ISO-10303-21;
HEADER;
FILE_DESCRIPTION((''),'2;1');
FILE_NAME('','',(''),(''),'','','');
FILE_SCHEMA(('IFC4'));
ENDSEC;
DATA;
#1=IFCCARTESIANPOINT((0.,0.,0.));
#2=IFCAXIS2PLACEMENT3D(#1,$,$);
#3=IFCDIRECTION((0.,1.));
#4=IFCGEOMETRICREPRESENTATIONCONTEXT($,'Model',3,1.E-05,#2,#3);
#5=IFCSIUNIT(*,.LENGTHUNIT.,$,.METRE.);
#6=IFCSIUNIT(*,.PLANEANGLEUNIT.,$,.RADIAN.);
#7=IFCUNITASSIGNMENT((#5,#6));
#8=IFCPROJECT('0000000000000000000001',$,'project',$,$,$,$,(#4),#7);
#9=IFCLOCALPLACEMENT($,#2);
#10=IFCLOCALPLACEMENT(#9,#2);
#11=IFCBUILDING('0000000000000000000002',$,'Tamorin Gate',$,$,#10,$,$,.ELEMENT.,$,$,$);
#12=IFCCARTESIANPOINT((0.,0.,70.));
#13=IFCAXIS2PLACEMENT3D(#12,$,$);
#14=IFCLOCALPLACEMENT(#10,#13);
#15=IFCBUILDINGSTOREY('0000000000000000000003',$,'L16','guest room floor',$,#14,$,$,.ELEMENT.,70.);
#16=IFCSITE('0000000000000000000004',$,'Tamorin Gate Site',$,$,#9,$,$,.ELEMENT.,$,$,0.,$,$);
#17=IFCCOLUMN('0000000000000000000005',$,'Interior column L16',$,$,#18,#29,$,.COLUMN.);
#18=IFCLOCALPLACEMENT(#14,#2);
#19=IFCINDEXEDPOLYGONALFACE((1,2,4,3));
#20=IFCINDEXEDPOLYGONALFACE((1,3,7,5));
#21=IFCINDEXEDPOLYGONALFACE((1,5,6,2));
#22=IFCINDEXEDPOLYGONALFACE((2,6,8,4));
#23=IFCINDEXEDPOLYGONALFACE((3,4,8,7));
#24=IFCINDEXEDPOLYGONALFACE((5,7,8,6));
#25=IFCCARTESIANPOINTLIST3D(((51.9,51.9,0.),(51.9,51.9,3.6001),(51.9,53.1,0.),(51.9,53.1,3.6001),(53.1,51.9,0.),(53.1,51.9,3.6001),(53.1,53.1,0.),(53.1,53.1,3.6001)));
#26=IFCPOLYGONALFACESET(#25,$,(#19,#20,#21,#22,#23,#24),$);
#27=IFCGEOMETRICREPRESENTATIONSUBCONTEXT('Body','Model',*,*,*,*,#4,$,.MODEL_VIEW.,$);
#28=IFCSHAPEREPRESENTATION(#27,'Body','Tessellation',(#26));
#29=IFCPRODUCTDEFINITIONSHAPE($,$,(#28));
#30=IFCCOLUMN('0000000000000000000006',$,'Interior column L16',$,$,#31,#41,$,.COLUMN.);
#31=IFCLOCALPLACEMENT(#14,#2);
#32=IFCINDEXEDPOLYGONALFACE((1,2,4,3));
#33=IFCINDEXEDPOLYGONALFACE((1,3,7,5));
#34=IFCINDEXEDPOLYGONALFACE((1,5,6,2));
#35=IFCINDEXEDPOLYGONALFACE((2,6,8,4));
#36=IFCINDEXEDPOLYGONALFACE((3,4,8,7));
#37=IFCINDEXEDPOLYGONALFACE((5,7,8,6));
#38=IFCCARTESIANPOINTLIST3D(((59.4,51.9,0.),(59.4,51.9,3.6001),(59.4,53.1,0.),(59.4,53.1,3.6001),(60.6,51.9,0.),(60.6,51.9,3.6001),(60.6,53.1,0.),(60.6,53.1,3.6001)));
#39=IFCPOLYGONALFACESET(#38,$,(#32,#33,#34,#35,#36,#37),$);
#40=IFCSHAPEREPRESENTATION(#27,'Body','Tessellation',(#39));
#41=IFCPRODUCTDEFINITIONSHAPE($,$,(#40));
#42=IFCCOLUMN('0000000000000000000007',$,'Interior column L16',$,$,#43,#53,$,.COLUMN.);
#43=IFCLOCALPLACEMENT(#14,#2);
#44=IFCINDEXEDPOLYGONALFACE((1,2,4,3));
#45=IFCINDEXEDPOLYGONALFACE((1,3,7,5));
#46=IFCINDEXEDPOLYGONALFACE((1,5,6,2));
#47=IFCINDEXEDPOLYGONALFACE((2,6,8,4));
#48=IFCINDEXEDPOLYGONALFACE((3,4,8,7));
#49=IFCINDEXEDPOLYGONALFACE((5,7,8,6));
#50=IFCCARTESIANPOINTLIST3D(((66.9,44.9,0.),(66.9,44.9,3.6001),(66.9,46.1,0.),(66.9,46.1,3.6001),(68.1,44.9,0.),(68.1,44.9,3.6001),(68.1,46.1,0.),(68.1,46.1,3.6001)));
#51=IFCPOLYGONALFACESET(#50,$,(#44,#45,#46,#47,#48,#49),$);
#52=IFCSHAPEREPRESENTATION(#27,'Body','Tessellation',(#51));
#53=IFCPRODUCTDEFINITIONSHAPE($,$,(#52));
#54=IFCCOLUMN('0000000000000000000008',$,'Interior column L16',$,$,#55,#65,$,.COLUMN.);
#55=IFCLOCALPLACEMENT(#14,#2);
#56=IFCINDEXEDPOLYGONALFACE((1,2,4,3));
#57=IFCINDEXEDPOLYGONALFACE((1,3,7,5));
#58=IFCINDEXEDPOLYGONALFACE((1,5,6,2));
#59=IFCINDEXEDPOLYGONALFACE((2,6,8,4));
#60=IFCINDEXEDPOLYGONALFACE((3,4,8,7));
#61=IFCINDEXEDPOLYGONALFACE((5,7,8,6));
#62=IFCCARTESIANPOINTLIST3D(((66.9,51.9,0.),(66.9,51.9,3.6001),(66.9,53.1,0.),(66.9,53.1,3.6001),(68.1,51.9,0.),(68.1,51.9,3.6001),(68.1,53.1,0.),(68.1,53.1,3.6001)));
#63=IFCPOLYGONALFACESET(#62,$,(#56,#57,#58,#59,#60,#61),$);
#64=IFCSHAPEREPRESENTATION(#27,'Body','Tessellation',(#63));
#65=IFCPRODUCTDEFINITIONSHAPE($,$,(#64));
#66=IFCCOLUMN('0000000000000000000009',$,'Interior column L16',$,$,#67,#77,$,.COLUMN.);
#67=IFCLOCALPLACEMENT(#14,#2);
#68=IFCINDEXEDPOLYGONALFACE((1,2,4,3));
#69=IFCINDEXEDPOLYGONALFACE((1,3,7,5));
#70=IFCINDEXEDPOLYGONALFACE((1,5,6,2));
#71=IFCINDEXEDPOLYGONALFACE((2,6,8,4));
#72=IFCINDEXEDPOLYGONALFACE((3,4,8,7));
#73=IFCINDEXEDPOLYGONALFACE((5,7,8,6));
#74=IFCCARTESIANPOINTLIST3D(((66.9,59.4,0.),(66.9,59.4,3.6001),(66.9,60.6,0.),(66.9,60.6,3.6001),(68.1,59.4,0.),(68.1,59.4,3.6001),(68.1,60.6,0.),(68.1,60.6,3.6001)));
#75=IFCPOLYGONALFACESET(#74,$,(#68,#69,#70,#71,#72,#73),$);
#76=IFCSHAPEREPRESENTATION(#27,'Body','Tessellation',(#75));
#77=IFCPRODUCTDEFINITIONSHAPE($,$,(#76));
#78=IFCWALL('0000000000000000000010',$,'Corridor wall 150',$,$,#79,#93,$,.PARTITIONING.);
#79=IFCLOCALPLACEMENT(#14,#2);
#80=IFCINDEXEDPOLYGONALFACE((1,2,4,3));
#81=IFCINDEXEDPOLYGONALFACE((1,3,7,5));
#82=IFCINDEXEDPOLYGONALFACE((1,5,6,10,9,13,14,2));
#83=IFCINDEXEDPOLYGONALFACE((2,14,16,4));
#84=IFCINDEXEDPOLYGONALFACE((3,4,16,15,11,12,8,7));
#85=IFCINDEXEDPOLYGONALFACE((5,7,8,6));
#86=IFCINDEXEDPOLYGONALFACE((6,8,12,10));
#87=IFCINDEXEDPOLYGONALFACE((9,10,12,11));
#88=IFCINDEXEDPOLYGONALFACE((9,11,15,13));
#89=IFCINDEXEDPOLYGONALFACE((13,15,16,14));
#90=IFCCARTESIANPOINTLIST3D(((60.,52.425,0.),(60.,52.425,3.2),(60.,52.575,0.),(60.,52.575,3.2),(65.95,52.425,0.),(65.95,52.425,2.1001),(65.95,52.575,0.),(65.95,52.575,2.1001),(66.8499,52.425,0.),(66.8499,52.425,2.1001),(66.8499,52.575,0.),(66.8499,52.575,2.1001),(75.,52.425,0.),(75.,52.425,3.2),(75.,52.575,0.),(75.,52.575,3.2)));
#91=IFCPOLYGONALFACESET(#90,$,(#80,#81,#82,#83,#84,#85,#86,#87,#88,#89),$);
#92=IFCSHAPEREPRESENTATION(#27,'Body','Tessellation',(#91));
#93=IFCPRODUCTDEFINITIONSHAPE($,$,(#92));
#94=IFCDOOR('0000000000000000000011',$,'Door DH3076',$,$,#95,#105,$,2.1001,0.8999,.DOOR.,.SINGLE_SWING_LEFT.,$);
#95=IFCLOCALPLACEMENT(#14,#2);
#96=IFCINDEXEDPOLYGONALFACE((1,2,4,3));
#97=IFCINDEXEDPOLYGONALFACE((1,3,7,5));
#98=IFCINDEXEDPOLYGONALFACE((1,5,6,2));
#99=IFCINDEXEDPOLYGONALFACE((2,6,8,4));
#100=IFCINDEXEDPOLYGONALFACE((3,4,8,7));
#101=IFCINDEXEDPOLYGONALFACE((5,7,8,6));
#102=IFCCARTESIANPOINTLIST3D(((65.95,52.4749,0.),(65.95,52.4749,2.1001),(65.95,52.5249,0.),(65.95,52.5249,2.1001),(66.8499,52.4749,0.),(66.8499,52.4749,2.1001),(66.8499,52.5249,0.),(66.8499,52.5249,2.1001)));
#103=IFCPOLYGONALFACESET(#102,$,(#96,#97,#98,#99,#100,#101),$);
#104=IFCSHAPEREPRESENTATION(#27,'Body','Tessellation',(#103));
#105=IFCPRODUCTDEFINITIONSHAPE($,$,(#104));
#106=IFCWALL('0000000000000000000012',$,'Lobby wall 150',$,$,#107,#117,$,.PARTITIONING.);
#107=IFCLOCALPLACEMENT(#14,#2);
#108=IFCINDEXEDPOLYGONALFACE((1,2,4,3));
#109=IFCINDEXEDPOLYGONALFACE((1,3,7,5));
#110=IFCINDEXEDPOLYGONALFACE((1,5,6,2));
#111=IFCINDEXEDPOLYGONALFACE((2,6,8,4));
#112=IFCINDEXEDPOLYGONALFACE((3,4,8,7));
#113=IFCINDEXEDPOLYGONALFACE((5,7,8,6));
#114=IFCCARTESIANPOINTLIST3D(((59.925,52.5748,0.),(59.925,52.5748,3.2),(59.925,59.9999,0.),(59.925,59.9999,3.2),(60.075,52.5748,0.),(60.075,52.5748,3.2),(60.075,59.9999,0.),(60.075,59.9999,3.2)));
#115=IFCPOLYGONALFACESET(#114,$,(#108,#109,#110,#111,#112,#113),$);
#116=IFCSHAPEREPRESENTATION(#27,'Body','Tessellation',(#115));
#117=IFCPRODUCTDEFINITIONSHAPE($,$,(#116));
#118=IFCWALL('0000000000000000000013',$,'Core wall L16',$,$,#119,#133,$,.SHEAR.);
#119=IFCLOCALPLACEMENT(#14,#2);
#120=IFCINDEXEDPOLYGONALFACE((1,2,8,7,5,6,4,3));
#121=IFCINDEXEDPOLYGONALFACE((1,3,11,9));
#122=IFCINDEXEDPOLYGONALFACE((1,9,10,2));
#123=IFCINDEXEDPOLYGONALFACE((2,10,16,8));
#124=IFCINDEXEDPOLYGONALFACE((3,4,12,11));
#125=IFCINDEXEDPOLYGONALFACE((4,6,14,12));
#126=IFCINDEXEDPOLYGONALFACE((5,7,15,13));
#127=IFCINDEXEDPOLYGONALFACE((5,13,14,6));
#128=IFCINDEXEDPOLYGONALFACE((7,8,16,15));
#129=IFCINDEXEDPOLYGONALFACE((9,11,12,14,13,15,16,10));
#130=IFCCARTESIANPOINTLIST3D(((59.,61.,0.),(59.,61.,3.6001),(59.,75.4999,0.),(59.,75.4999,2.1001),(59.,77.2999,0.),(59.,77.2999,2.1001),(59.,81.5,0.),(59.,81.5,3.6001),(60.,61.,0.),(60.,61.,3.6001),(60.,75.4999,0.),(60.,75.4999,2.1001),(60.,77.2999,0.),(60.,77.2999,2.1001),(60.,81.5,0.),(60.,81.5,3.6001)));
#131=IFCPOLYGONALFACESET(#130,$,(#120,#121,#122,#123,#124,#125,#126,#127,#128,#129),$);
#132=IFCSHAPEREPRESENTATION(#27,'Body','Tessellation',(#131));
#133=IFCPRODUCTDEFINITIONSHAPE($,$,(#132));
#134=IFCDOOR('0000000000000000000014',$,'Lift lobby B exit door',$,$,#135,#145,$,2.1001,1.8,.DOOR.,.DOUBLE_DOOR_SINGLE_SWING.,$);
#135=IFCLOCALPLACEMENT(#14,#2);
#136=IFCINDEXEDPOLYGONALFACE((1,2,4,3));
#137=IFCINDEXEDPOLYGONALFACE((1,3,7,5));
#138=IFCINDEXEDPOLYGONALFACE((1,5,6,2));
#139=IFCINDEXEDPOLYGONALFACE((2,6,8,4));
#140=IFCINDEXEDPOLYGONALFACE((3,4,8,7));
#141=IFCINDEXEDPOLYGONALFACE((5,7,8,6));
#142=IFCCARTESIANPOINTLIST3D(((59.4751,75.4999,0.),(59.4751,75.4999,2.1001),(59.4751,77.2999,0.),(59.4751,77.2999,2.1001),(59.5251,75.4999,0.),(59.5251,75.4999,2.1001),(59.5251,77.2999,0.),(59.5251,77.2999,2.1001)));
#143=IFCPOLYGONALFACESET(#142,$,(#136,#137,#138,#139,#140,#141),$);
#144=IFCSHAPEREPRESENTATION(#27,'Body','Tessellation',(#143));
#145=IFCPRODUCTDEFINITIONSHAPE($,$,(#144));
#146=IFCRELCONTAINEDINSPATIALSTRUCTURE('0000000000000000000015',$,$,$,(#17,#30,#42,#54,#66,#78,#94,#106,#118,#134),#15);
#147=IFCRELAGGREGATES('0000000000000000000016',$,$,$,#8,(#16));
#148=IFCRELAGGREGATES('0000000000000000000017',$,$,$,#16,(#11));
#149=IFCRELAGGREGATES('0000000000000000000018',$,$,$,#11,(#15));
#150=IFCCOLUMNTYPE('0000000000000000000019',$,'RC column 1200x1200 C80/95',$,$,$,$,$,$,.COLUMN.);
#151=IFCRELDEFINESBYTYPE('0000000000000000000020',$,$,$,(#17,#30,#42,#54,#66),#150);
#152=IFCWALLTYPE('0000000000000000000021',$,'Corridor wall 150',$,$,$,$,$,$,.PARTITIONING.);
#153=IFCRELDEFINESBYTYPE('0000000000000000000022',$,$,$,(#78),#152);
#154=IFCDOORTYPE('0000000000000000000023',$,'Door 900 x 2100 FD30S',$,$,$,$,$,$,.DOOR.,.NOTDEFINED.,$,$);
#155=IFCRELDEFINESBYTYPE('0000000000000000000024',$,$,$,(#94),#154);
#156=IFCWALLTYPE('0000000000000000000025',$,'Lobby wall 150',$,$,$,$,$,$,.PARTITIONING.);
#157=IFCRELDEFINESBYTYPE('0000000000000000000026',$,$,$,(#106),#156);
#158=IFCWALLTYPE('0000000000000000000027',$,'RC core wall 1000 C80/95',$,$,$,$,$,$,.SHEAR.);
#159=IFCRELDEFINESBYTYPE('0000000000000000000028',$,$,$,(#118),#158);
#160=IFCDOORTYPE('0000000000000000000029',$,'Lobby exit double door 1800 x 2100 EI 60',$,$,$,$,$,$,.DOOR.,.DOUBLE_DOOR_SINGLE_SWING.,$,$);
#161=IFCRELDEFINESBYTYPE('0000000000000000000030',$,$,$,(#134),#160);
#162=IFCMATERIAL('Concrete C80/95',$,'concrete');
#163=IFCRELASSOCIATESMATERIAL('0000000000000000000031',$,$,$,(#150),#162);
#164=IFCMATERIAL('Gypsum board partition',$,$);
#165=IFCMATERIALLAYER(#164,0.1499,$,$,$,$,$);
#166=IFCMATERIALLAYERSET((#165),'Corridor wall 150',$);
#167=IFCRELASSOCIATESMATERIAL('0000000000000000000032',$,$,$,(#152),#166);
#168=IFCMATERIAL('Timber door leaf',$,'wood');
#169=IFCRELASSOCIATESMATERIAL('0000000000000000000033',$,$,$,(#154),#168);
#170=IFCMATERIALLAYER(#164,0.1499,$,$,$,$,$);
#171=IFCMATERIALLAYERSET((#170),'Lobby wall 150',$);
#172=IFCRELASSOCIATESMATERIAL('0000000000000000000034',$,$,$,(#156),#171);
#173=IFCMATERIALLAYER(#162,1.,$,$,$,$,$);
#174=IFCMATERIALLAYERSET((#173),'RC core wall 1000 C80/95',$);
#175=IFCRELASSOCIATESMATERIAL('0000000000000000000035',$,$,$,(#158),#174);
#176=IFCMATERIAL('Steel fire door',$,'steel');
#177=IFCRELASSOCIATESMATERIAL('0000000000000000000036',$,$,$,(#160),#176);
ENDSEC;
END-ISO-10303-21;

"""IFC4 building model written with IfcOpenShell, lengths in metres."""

from ifc_helpers import new_model, si_unit, direction, frame, frame_2d, origin, origin_2d, place, context, subcontext, project, spatial, rectangle, extrude, material, layer, layer_set, material_profile, profile_set, type_object, element, fill, save


model = new_model("IFC4")

# Units and contexts
model_context = context("Model", 3, precision=1e-05, world=origin(), true_north=direction((0.0, 1.0)))
body_context = subcontext(model_context, "Body", "Model", "MODEL_VIEW")
ifc_project = project(units=[si_unit("LENGTHUNIT", "METRE"), si_unit("PLANEANGLEUNIT", "RADIAN")], contexts=[model_context])

# Site, building, storey
site_placement = place(None, origin())
site = spatial("IfcSite", under=ifc_project, at=site_placement, Name="Tamorin Gate Site", CompositionType="ELEMENT", RefElevation=0.0)
building_placement = place(site_placement, origin())
building = spatial("IfcBuilding", under=site, at=building_placement, Name="Tamorin Gate", CompositionType="ELEMENT")
storey_placement = place(building_placement, frame((0.0, 0.0, 70.0)))
storey = spatial("IfcBuildingStorey", under=building, at=storey_placement, Name="L16", Description="guest room floor", CompositionType="ELEMENT", Elevation=70.0)

# Columns
ifc_material_1 = material(Name="Concrete C80/95", Category="concrete")
ifc_material_profile = material_profile(ifc_material_1, rectangle(XDim=1.2, YDim=1.2, at=origin_2d()), Name="RC 1200x1200")
ifc_profile_set = profile_set([ifc_material_profile], Name="Concrete C80/95")
column_type = type_object("IfcColumnType", Name="RC column 1200x1200 C80/95", PredefinedType="COLUMN", material=ifc_profile_set)
for number, where, z_axis, x_axis, name in (
    (1, (52.5, 52.5, 0.0), (0.0, 0.0, 1.0), (1.0, 0.0, 0.0), "Interior column L16"),
    (2, (60.0, 52.5, 0.0), (0.0, 0.0, 1.0), (1.0, 0.0, 0.0), "Interior column L16"),
    (3, (67.5, 45.5, 0.0), (0.0, 0.0, 1.0), (1.0, 0.0, 0.0), "Interior column L16"),
    (4, (67.5, 52.5, 0.0), (0.0, 0.0, 1.0), (1.0, 0.0, 0.0), "Interior column L16"),
    (5, (67.5, 60.0, 0.0), (0.0, 0.0, 1.0), (1.0, 0.0, 0.0), "Interior column L16"),
):
    element("IfcColumn", number, at=place(storey_placement, frame(where, z_axis=z_axis, x_axis=x_axis)), inside=storey, type_object=column_type, Name=name, PredefinedType="COLUMN", context=body_context, shape_type="SweptSolid", body=[
        extrude(rectangle(XDim=1.2, YDim=1.2, at=origin_2d()), origin(), (0.0, 0.0, 1.0), 3.6001),
    ])

# Wall, opening, door
ifc_material_2 = material(Name="Gypsum board partition")
ifc_layer_1 = layer(ifc_material_2, 0.1499)
ifc_layer_set_1 = layer_set([ifc_layer_1], Name="Corridor wall 150")
wall_type_1 = type_object("IfcWallType", Name="Corridor wall 150", PredefinedType="PARTITIONING", material=ifc_layer_set_1)
wall_1_placement = place(storey_placement, frame((60.0, 52.5, 0.0), z_axis=(0.0, 0.0, 1.0), x_axis=(1.0, 0.0, 0.0)))
wall_1 = element("IfcWall", 6, at=wall_1_placement, inside=storey, type_object=wall_type_1, Name="Corridor wall 150", PredefinedType="PARTITIONING", context=body_context, shape_type="SweptSolid", body=[
    extrude(rectangle(XDim=15.0, YDim=0.1499, at=frame_2d((7.5, 0.0))), origin(), (0.0, 0.0, 1.0), 3.2),
])
opening_1_placement = place(wall_1_placement, frame((5.95, 0.0, 0.0)))
opening_1 = element("IfcOpeningElement", 7, at=opening_1_placement, cuts=wall_1, PredefinedType="OPENING", context=body_context, shape_type="SweptSolid", body=[
    extrude(rectangle(XDim=0.8999, YDim=2.1001, at=frame_2d((0.45, 1.05))), frame((0.0, 0.085, 0.0), z_axis=(0.0, -1.0, 0.0), x_axis=(1.0, 0.0, 0.0)), (0.0, 0.0, 1.0), 0.1699),
])
ifc_material_3 = material(Name="Timber door leaf", Category="wood")
door_type_1 = type_object("IfcDoorType", Name="Door 900 x 2100 FD30S", OperationType="NOTDEFINED", PredefinedType="DOOR", material=ifc_material_3)
door_1_placement = place(opening_1_placement, origin())
door_1 = element("IfcDoor", 8, at=door_1_placement, inside=storey, type_object=door_type_1, Name="Door DH3076", OperationType="SINGLE_SWING_LEFT", OverallHeight=2.1001, OverallWidth=0.8999, PredefinedType="DOOR", context=body_context, shape_type="SweptSolid", body=[
    extrude(rectangle(XDim=0.8999, YDim=2.1001, at=frame_2d((0.45, 1.05))), frame((0.0, 0.0249, 0.0), z_axis=(0.0, -1.0, 0.0), x_axis=(1.0, 0.0, 0.0)), (0.0, 0.0, 1.0), 0.05),
])
fill(opening_1, door_1)

# Wall
ifc_layer_2 = layer(ifc_material_2, 0.1499)
ifc_layer_set_2 = layer_set([ifc_layer_2], Name="Lobby wall 150")
wall_type_2 = type_object("IfcWallType", Name="Lobby wall 150", PredefinedType="PARTITIONING", material=ifc_layer_set_2)
wall_2_placement = place(storey_placement, frame((60.0, 52.575, 0.0), z_axis=(0.0, 0.0, 1.0), x_axis=(0.0, 1.0, 0.0)))
element("IfcWall", 9, at=wall_2_placement, inside=storey, type_object=wall_type_2, Name="Lobby wall 150", PredefinedType="PARTITIONING", context=body_context, shape_type="SweptSolid", body=[
    extrude(rectangle(XDim=7.425, YDim=0.1499, at=frame_2d((3.7124, 0.0))), origin(), (0.0, 0.0, 1.0), 3.2),
])

# Wall, opening, door
ifc_layer_3 = layer(ifc_material_1, 1.0)
ifc_layer_set_3 = layer_set([ifc_layer_3], Name="RC core wall 1000 C80/95")
wall_type_3 = type_object("IfcWallType", Name="RC core wall 1000 C80/95", PredefinedType="SHEAR", material=ifc_layer_set_3)
wall_3_placement = place(storey_placement, frame((59.5, 61.0, 0.0), z_axis=(0.0, 0.0, 1.0), x_axis=(0.0, 1.0, 0.0)))
wall_3 = element("IfcWall", 10, at=wall_3_placement, inside=storey, type_object=wall_type_3, Name="Core wall L16", PredefinedType="SHEAR", context=body_context, shape_type="SweptSolid", body=[
    extrude(rectangle(XDim=20.5, YDim=1.0, at=frame_2d((10.25, 0.0))), origin(), (0.0, 0.0, 1.0), 3.6001),
])
opening_2_placement = place(wall_3_placement, frame((14.5, 0.0, 0.0)))
opening_2 = element("IfcOpeningElement", 11, at=opening_2_placement, cuts=wall_3, PredefinedType="OPENING", context=body_context, shape_type="SweptSolid", body=[
    extrude(rectangle(XDim=1.8, YDim=2.1001, at=frame_2d((0.8999, 1.05))), frame((0.0, 0.51, 0.0), z_axis=(0.0, -1.0, 0.0), x_axis=(1.0, 0.0, 0.0)), (0.0, 0.0, 1.0), 1.02),
])
ifc_material_4 = material(Name="Steel fire door", Category="steel")
door_type_2 = type_object("IfcDoorType", Name="Lobby exit double door 1800 x 2100 EI 60", OperationType="DOUBLE_DOOR_SINGLE_SWING", PredefinedType="DOOR", material=ifc_material_4)
door_2_placement = place(opening_2_placement, origin())
door_2 = element("IfcDoor", 12, at=door_2_placement, inside=storey, type_object=door_type_2, Name="Lift lobby B exit door", OperationType="DOUBLE_DOOR_SINGLE_SWING", OverallHeight=2.1001, OverallWidth=1.8, PredefinedType="DOOR", context=body_context, shape_type="SweptSolid", body=[
    extrude(rectangle(XDim=1.8, YDim=2.1001, at=frame_2d((0.8999, 1.05))), frame((0.0, 0.0249, 0.0), z_axis=(0.0, -1.0, 0.0), x_axis=(1.0, 0.0, 0.0)), (0.0, 0.0, 1.0), 0.05),
])
fill(opening_2, door_2)

save(model, "model.ifc")
